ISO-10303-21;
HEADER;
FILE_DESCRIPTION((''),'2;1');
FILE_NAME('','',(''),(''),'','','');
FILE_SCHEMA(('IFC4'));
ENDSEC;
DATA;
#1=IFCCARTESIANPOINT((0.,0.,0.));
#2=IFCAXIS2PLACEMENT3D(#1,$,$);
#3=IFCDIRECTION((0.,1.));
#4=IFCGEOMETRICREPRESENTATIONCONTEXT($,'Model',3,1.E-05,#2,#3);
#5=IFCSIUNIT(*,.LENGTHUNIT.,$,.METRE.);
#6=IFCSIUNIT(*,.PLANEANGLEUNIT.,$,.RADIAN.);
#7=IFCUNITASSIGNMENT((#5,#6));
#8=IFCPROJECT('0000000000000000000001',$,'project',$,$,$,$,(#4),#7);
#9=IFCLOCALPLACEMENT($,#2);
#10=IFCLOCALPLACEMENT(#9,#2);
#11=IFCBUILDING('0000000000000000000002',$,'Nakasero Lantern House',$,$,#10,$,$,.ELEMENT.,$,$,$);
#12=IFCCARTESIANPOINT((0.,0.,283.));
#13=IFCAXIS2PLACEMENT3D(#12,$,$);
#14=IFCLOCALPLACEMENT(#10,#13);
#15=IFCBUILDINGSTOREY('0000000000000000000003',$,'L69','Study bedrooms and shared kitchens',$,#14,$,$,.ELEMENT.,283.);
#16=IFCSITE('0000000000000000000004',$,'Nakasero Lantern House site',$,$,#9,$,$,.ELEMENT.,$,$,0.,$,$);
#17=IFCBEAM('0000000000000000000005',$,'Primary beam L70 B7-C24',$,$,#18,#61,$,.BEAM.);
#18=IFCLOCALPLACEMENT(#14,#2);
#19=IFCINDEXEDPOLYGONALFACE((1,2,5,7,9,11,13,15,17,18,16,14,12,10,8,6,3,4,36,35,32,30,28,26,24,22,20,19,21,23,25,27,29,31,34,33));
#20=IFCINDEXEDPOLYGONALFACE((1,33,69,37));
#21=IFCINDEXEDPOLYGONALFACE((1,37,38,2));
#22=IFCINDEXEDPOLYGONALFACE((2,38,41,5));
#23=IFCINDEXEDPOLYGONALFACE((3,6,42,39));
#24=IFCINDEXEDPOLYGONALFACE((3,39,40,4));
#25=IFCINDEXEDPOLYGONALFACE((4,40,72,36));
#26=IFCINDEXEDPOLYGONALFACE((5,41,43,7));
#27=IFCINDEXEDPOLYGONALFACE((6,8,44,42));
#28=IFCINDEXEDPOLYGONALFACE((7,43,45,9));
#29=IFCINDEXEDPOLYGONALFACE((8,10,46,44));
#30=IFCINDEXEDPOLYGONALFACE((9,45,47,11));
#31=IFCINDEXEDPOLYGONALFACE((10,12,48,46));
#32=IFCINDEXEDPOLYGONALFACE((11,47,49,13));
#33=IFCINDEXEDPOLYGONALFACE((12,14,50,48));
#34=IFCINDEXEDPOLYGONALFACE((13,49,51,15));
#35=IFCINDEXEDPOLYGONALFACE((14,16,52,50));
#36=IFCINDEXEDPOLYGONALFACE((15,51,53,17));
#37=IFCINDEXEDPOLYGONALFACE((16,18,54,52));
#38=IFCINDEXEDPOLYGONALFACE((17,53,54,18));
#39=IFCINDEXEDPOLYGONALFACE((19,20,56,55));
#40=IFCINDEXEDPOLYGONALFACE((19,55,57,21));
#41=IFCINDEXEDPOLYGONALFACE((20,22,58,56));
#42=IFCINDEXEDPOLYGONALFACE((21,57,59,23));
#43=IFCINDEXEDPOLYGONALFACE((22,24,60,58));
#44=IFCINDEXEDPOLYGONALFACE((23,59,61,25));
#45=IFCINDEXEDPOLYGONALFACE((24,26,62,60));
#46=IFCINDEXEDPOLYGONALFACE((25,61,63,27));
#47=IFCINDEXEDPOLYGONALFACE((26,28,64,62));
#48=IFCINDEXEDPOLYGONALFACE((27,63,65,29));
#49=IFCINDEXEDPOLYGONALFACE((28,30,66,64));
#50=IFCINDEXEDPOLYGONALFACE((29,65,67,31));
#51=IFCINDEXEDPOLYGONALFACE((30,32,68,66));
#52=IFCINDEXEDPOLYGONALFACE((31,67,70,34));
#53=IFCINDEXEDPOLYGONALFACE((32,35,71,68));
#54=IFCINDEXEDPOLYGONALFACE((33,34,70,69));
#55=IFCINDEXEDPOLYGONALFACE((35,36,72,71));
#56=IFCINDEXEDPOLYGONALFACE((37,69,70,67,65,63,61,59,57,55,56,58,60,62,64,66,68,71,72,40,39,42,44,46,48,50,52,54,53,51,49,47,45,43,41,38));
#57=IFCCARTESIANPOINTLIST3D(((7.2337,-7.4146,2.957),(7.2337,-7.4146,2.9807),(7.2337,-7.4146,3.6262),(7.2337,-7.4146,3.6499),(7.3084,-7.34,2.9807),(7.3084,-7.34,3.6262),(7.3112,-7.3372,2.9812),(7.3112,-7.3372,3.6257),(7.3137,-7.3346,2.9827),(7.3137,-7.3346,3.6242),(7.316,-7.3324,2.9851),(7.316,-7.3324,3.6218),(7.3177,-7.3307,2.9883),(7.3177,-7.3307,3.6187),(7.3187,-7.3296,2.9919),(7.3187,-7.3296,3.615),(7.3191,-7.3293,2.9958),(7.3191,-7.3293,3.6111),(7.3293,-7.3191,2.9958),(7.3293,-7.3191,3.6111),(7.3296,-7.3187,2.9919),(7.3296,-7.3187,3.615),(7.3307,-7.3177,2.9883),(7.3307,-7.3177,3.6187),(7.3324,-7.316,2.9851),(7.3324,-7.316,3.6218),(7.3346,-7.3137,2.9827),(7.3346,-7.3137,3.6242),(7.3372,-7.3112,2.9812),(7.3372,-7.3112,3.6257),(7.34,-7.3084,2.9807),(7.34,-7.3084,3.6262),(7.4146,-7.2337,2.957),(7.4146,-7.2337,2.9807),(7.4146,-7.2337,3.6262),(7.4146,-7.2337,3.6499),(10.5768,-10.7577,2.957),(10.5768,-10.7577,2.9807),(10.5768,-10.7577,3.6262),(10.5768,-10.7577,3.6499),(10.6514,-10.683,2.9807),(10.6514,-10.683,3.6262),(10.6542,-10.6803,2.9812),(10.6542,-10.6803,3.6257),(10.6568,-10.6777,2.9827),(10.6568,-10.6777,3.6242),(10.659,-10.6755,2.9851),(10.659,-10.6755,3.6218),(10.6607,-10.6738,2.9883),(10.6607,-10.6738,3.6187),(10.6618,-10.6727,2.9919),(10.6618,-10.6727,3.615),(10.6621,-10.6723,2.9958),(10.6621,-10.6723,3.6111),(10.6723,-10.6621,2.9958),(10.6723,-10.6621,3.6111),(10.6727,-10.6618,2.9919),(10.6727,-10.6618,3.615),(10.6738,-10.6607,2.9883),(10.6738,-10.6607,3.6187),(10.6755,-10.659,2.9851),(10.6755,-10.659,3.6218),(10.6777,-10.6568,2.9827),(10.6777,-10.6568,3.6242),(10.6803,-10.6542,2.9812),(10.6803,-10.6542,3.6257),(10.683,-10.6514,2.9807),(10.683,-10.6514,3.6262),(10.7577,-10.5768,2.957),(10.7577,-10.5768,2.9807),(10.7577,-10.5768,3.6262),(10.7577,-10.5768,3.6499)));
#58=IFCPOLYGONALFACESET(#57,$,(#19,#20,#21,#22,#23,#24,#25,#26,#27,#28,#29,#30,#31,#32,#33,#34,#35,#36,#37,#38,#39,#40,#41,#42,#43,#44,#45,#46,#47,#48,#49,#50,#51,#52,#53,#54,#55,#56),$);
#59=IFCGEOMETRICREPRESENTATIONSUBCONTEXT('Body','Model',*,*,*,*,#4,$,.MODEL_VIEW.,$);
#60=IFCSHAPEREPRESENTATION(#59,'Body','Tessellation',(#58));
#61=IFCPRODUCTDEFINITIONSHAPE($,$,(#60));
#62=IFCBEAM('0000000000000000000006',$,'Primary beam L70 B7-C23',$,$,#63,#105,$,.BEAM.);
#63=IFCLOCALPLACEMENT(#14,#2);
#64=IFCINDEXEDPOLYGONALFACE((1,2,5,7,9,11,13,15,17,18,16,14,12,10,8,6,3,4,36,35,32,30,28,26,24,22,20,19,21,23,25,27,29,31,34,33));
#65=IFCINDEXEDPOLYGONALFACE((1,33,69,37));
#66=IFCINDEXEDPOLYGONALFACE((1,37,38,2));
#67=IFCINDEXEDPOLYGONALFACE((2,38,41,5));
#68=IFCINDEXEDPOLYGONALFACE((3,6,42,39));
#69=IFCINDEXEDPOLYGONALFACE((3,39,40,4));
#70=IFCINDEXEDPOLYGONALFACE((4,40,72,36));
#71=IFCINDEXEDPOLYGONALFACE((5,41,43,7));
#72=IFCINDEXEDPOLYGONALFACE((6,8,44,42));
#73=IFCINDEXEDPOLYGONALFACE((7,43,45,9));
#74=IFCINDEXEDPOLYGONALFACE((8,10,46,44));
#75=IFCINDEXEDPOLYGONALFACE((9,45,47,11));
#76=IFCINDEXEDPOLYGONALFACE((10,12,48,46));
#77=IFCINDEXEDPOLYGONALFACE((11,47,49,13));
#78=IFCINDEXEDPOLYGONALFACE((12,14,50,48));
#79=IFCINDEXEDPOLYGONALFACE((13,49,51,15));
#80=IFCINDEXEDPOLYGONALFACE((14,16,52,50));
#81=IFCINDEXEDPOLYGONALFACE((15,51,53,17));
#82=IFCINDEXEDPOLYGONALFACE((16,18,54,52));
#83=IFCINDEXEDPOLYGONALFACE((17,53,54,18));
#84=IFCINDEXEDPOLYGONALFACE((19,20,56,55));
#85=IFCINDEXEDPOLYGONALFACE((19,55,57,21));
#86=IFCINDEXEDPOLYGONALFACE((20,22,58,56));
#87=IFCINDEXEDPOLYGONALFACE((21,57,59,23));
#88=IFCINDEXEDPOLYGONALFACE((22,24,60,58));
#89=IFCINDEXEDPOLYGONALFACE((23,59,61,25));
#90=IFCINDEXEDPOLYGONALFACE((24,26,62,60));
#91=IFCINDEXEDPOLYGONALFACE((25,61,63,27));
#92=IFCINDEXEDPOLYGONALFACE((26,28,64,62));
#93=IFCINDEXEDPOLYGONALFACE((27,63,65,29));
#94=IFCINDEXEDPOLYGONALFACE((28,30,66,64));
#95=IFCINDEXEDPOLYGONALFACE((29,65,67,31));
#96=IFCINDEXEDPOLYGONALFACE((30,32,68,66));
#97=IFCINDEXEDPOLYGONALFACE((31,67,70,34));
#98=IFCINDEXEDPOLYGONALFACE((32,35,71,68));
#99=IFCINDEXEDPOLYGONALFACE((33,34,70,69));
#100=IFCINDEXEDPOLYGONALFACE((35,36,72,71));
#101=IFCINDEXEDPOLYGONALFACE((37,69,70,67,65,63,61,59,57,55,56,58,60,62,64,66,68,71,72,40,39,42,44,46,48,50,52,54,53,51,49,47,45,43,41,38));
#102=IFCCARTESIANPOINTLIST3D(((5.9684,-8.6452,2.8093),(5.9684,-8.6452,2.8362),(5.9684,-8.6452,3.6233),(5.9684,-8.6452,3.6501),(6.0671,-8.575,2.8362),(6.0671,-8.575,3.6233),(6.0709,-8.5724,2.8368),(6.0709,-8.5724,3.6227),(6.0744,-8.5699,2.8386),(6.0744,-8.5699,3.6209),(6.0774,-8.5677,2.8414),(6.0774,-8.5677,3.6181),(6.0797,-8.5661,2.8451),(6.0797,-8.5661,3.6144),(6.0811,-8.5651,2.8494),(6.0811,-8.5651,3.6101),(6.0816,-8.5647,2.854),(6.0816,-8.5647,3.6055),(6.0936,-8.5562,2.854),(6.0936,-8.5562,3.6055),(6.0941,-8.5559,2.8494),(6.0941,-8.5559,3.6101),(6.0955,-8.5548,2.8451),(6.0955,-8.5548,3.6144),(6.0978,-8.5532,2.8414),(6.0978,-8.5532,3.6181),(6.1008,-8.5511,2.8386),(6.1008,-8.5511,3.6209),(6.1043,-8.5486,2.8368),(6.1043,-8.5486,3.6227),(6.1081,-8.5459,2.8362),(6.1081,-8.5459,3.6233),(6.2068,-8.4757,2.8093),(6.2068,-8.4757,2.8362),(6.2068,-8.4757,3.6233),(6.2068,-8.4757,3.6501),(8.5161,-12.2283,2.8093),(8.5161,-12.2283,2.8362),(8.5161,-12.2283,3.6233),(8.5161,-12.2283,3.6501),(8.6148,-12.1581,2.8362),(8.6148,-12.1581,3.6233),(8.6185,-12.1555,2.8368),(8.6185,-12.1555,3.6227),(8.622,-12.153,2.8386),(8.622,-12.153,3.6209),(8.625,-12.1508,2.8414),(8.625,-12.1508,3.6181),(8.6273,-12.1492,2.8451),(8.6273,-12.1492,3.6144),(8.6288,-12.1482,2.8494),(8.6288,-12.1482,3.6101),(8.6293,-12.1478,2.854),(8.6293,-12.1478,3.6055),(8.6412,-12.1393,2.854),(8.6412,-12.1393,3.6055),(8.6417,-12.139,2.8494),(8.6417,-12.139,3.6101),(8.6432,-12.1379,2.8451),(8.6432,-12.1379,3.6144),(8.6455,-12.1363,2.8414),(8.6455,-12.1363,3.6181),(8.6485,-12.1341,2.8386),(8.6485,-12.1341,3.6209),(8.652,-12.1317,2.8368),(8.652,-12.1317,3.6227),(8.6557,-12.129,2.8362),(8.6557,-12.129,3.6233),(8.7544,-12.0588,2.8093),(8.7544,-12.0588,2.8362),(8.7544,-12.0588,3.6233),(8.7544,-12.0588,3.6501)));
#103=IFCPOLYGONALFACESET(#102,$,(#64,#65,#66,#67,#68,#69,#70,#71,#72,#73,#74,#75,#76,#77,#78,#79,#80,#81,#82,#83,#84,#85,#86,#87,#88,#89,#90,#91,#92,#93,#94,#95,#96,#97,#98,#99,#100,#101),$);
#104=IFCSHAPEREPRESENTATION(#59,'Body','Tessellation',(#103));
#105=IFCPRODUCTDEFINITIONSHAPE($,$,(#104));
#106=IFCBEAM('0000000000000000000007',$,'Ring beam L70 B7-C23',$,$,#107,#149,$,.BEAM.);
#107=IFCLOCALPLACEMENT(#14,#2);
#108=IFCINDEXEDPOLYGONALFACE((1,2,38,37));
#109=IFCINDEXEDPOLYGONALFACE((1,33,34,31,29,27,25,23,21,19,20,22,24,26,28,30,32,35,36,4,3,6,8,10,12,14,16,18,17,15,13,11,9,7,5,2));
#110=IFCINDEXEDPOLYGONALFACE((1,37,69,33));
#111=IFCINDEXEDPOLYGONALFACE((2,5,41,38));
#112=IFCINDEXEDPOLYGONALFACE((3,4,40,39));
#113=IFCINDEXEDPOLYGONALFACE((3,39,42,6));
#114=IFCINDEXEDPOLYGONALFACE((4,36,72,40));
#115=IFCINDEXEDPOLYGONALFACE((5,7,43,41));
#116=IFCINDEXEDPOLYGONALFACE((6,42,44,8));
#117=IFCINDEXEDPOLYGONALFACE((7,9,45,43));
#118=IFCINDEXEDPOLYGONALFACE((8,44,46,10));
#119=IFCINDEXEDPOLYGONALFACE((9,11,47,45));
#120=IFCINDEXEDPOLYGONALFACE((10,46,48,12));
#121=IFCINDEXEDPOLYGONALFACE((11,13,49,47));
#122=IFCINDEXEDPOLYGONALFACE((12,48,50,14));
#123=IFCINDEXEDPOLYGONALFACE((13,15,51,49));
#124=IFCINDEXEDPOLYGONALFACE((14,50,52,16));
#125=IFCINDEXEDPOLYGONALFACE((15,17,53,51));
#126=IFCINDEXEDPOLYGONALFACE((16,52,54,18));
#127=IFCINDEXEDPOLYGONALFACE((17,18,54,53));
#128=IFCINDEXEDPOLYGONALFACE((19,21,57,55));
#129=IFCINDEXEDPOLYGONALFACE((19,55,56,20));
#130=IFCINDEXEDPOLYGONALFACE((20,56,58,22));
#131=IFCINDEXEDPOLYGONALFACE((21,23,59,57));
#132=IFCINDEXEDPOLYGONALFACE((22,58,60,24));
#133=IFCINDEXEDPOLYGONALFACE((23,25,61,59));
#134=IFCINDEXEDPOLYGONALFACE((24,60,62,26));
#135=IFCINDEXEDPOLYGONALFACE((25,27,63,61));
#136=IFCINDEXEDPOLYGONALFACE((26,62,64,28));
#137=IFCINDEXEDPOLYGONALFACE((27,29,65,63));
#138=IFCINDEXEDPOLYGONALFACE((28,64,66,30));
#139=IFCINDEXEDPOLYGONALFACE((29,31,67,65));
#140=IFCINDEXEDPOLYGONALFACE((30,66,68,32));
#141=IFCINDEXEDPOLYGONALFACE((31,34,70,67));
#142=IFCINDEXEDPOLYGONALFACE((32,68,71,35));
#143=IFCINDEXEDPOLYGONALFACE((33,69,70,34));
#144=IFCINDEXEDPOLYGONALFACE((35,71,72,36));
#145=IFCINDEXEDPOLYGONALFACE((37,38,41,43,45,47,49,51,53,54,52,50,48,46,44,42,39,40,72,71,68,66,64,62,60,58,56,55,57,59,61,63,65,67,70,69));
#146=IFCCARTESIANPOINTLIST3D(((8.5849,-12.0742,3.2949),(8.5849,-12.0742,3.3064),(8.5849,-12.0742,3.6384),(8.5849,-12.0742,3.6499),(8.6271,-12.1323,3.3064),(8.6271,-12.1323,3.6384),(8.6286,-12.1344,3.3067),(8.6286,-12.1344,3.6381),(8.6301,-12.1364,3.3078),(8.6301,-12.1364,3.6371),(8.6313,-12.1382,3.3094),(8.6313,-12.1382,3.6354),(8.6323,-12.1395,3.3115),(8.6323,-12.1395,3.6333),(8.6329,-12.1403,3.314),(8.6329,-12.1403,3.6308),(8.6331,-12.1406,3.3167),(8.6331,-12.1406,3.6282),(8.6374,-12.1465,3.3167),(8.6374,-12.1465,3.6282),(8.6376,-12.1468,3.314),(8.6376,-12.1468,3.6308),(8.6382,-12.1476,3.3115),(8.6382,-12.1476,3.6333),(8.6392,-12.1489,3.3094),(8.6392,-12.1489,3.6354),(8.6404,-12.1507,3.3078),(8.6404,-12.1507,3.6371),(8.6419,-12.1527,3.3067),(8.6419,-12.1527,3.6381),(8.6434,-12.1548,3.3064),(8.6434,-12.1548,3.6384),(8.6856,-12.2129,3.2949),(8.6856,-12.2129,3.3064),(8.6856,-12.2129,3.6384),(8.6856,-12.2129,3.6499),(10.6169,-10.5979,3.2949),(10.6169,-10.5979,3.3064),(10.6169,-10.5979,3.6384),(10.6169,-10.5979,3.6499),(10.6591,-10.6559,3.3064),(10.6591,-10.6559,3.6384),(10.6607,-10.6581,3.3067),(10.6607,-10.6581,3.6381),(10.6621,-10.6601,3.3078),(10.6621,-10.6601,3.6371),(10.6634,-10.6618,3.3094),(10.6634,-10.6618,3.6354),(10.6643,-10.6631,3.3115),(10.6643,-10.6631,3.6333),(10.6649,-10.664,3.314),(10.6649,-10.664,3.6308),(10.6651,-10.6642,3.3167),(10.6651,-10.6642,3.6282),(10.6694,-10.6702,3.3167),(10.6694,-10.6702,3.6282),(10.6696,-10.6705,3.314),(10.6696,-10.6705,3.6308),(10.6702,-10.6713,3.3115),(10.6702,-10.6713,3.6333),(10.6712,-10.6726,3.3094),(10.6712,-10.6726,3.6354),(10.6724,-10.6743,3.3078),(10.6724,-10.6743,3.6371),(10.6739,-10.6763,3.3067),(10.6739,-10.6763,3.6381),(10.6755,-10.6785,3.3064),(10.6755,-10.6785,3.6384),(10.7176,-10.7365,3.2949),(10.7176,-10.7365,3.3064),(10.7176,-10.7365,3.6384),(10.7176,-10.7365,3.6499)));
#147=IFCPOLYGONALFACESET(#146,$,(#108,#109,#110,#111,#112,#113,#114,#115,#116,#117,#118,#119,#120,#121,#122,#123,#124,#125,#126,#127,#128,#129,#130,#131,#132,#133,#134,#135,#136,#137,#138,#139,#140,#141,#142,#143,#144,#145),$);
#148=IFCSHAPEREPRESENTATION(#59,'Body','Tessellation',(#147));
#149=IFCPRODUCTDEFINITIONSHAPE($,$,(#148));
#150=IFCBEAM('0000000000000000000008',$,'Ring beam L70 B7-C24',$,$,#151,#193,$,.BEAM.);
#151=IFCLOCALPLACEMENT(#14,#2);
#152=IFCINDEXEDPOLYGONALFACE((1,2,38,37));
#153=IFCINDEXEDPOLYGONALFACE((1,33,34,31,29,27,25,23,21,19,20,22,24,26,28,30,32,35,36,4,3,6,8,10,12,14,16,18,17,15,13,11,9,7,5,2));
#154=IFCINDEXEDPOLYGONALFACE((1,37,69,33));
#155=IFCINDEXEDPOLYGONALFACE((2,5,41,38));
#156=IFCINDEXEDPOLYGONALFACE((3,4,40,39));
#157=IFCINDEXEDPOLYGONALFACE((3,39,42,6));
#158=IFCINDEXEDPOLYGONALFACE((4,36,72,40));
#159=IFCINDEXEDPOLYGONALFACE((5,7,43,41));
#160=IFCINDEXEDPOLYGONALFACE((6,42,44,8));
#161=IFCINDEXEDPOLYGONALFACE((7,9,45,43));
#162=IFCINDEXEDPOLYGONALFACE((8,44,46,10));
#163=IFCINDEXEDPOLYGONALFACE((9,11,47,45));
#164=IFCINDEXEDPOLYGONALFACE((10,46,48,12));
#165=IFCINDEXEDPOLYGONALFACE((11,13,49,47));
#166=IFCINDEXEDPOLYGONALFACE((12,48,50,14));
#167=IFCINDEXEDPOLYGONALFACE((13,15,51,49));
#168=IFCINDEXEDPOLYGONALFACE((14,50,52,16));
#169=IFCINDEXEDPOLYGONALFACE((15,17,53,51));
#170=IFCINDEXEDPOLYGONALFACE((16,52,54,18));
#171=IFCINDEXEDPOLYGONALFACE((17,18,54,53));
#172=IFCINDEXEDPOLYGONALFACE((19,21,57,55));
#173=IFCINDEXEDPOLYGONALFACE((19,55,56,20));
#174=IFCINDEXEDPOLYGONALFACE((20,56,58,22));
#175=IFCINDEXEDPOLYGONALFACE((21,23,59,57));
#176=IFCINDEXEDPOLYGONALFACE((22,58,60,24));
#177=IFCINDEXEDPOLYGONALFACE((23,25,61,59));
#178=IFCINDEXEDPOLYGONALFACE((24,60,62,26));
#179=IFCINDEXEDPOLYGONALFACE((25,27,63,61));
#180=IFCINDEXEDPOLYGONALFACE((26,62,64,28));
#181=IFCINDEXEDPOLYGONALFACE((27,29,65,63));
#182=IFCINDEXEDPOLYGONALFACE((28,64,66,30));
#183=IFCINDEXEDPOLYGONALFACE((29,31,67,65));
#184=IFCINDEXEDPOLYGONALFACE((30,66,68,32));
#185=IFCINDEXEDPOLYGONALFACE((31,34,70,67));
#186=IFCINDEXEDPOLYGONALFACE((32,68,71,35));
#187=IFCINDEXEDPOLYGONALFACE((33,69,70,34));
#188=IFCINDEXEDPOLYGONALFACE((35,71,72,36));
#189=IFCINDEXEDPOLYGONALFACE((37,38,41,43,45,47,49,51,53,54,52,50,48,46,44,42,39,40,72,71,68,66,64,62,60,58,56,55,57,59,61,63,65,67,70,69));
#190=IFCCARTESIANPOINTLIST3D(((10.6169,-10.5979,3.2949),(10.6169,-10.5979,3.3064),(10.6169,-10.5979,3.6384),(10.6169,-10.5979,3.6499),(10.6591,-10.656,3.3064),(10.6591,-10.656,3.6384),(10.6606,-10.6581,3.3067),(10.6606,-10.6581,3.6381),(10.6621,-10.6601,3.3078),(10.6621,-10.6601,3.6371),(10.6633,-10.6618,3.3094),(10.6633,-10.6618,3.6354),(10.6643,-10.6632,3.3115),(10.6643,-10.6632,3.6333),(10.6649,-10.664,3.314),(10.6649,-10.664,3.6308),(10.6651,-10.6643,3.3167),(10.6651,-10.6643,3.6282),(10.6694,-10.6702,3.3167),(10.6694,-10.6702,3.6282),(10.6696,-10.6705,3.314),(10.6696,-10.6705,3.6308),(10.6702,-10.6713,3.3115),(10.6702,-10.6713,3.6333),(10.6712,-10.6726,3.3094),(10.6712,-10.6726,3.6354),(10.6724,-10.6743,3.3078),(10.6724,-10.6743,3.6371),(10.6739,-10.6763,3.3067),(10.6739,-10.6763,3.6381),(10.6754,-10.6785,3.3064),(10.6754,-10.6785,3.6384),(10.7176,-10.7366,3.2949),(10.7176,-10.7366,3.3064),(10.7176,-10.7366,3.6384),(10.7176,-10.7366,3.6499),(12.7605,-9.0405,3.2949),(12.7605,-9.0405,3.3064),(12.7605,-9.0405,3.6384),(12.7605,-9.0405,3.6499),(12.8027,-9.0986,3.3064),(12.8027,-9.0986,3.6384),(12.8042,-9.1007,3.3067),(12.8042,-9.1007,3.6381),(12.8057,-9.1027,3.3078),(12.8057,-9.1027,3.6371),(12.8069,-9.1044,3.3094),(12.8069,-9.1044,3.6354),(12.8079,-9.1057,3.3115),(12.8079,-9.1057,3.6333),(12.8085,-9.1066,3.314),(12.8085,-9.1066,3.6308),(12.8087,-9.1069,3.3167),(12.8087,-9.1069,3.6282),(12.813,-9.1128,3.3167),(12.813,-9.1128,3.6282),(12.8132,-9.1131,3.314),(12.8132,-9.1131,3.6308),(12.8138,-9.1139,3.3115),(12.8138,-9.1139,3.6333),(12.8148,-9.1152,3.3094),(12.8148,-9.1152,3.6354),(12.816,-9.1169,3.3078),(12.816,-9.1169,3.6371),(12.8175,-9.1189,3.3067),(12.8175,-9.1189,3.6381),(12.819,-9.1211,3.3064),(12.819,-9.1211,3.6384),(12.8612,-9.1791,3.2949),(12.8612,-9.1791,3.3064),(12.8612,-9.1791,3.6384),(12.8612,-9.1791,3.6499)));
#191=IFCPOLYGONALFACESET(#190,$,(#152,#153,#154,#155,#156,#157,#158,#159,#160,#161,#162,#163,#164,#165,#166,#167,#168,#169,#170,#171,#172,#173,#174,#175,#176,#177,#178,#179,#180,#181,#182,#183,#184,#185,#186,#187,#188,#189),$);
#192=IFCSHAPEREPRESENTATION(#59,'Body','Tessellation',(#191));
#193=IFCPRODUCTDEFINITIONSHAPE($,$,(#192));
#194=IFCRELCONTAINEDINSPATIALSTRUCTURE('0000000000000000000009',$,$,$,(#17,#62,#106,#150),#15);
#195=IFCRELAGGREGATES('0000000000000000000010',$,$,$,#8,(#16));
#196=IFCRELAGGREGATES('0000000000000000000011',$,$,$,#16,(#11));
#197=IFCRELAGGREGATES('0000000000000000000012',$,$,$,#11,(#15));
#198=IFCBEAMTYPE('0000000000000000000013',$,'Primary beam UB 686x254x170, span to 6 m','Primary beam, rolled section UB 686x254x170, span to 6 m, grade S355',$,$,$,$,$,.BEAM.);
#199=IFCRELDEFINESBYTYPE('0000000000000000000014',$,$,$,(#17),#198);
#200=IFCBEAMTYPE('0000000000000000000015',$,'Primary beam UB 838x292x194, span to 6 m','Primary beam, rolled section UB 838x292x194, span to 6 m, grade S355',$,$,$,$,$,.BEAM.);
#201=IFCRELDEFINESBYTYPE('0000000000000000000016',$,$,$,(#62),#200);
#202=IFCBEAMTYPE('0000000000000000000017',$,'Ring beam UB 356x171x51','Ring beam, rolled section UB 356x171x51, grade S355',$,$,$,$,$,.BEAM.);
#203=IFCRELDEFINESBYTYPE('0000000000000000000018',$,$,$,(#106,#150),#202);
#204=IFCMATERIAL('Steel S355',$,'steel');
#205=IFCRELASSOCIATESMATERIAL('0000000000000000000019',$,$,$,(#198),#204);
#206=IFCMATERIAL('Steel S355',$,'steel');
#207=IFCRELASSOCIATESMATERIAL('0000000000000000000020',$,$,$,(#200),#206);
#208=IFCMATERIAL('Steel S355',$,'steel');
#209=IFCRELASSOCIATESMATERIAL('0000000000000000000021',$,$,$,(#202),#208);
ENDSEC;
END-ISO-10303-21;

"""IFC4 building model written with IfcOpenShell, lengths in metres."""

from ifc_helpers import new_model, si_unit, direction, frame, origin, origin_2d, place, context, subcontext, project, spatial, i_section, extrude, material, material_profile, profile_set, type_object, element, save


model = new_model("IFC4")

# Units and contexts
model_context = context("Model", 3, precision=1e-05, world=origin(), true_north=direction((0.0, 1.0)))
body_context = subcontext(model_context, "Body", "Model", "MODEL_VIEW")
ifc_project = project(units=[si_unit("LENGTHUNIT", "METRE"), si_unit("PLANEANGLEUNIT", "RADIAN")], contexts=[model_context])

# Site, building, storey
site_placement = place(None, origin())
site = spatial("IfcSite", under=ifc_project, at=site_placement, Name="Nakasero Lantern House site", CompositionType="ELEMENT", RefElevation=0.0)
building_placement = place(site_placement, origin())
building = spatial("IfcBuilding", under=site, at=building_placement, Name="Nakasero Lantern House", CompositionType="ELEMENT")
storey_placement = place(building_placement, frame((0.0, 0.0, 283.0)))
storey = spatial("IfcBuildingStorey", under=building, at=storey_placement, Name="L69", Description="Study bedrooms and shared kitchens", CompositionType="ELEMENT", Elevation=283.0)

# Beams
ifc_material_1 = material(Name="Steel S355", Category="steel")
ifc_material_profile_1 = material_profile(ifc_material_1, i_section(OverallWidth=0.2559, OverallDepth=0.6929, WebThickness=0.0144, FlangeThickness=0.0237, FilletRadius=0.0151, at=origin_2d()), Name="UB 686x254x170")
ifc_profile_set_1 = profile_set([ifc_material_profile_1], Name="Steel S355")
beam_type_1 = type_object("IfcBeamType", Name="Primary beam UB 686x254x170, span to 6 m", Description="Primary beam, rolled section UB 686x254x170, span to 6 m, grade S355", PredefinedType="BEAM", material=ifc_profile_set_1)
beam_1_placement = place(storey_placement, frame((10.6672, -10.6672, 3.3035), z_axis=(-0.707107, 0.707107, 0.0), x_axis=(-0.707107, -0.707107, 0.0)))
element("IfcBeam", 1, at=beam_1_placement, inside=storey, type_object=beam_type_1, Name="Primary beam L70 B7-C24", PredefinedType="BEAM", context=body_context, shape_type="SweptSolid", body=[
    extrude(i_section(OverallWidth=0.2559, OverallDepth=0.6929, WebThickness=0.0144, FlangeThickness=0.0237, FilletRadius=0.0151, at=origin_2d()), origin(), (0.0, 0.0, 1.0), 4.7278),
])
ifc_material_2 = material(Name="Steel S355", Category="steel")
ifc_material_profile_2 = material_profile(ifc_material_2, i_section(OverallWidth=0.2925, OverallDepth=0.8408, WebThickness=0.0146, FlangeThickness=0.0269, FilletRadius=0.0178, at=origin_2d()), Name="UB 838x292x194")
ifc_profile_set_2 = profile_set([ifc_material_profile_2], Name="Steel S355")
beam_type_2 = type_object("IfcBeamType", Name="Primary beam UB 838x292x194, span to 6 m", Description="Primary beam, rolled section UB 838x292x194, span to 6 m, grade S355", PredefinedType="BEAM", material=ifc_profile_set_2)
beam_2_placement = place(storey_placement, frame((8.6353, -12.1436, 3.2297), z_axis=(-0.579477, 0.814989, 0.0), x_axis=(-0.814989, -0.579477, 0.0)))
element("IfcBeam", 2, at=beam_2_placement, inside=storey, type_object=beam_type_2, Name="Primary beam L70 B7-C23", PredefinedType="BEAM", context=body_context, shape_type="SweptSolid", body=[
    extrude(i_section(OverallWidth=0.2925, OverallDepth=0.8408, WebThickness=0.0146, FlangeThickness=0.0269, FilletRadius=0.0178, at=origin_2d()), origin(), (0.0, 0.0, 1.0), 4.3965),
])
ifc_material_3 = material(Name="Steel S355", Category="steel")
ifc_material_profile_3 = material_profile(ifc_material_3, i_section(OverallWidth=0.1714, OverallDepth=0.355, WebThickness=0.0073, FlangeThickness=0.0115, FilletRadius=0.0103, at=origin_2d()), Name="UB 356x171x51")
ifc_profile_set_3 = profile_set([ifc_material_profile_3], Name="Steel S355")
beam_type_3 = type_object("IfcBeamType", Name="Ring beam UB 356x171x51", Description="Ring beam, rolled section UB 356x171x51, grade S355", PredefinedType="BEAM", material=ifc_profile_set_3)
beam_3_placement = place(storey_placement, frame((8.6353, -12.1436, 3.4724), z_axis=(0.809018, 0.587784, 0.0), x_axis=(-0.587784, 0.809018, 0.0)))
element("IfcBeam", 3, at=beam_3_placement, inside=storey, type_object=beam_type_3, Name="Ring beam L70 B7-C23", PredefinedType="BEAM", context=body_context, shape_type="SweptSolid", body=[
    extrude(i_section(OverallWidth=0.1714, OverallDepth=0.355, WebThickness=0.0073, FlangeThickness=0.0115, FilletRadius=0.0103, at=origin_2d()), origin(), (0.0, 0.0, 1.0), 2.5117),
])
beam_4_placement = place(storey_placement, frame((10.6672, -10.6672, 3.4724), z_axis=(0.809019, 0.587783, 0.0), x_axis=(-0.587783, 0.809019, 0.0)))
element("IfcBeam", 4, at=beam_4_placement, inside=storey, type_object=beam_type_3, Name="Ring beam L70 B7-C24", PredefinedType="BEAM", context=body_context, shape_type="SweptSolid", body=[
    extrude(i_section(OverallWidth=0.1714, OverallDepth=0.355, WebThickness=0.0073, FlangeThickness=0.0115, FilletRadius=0.0103, at=origin_2d()), origin(), (0.0, 0.0, 1.0), 2.6497),
])

save(model, "model.ifc")
